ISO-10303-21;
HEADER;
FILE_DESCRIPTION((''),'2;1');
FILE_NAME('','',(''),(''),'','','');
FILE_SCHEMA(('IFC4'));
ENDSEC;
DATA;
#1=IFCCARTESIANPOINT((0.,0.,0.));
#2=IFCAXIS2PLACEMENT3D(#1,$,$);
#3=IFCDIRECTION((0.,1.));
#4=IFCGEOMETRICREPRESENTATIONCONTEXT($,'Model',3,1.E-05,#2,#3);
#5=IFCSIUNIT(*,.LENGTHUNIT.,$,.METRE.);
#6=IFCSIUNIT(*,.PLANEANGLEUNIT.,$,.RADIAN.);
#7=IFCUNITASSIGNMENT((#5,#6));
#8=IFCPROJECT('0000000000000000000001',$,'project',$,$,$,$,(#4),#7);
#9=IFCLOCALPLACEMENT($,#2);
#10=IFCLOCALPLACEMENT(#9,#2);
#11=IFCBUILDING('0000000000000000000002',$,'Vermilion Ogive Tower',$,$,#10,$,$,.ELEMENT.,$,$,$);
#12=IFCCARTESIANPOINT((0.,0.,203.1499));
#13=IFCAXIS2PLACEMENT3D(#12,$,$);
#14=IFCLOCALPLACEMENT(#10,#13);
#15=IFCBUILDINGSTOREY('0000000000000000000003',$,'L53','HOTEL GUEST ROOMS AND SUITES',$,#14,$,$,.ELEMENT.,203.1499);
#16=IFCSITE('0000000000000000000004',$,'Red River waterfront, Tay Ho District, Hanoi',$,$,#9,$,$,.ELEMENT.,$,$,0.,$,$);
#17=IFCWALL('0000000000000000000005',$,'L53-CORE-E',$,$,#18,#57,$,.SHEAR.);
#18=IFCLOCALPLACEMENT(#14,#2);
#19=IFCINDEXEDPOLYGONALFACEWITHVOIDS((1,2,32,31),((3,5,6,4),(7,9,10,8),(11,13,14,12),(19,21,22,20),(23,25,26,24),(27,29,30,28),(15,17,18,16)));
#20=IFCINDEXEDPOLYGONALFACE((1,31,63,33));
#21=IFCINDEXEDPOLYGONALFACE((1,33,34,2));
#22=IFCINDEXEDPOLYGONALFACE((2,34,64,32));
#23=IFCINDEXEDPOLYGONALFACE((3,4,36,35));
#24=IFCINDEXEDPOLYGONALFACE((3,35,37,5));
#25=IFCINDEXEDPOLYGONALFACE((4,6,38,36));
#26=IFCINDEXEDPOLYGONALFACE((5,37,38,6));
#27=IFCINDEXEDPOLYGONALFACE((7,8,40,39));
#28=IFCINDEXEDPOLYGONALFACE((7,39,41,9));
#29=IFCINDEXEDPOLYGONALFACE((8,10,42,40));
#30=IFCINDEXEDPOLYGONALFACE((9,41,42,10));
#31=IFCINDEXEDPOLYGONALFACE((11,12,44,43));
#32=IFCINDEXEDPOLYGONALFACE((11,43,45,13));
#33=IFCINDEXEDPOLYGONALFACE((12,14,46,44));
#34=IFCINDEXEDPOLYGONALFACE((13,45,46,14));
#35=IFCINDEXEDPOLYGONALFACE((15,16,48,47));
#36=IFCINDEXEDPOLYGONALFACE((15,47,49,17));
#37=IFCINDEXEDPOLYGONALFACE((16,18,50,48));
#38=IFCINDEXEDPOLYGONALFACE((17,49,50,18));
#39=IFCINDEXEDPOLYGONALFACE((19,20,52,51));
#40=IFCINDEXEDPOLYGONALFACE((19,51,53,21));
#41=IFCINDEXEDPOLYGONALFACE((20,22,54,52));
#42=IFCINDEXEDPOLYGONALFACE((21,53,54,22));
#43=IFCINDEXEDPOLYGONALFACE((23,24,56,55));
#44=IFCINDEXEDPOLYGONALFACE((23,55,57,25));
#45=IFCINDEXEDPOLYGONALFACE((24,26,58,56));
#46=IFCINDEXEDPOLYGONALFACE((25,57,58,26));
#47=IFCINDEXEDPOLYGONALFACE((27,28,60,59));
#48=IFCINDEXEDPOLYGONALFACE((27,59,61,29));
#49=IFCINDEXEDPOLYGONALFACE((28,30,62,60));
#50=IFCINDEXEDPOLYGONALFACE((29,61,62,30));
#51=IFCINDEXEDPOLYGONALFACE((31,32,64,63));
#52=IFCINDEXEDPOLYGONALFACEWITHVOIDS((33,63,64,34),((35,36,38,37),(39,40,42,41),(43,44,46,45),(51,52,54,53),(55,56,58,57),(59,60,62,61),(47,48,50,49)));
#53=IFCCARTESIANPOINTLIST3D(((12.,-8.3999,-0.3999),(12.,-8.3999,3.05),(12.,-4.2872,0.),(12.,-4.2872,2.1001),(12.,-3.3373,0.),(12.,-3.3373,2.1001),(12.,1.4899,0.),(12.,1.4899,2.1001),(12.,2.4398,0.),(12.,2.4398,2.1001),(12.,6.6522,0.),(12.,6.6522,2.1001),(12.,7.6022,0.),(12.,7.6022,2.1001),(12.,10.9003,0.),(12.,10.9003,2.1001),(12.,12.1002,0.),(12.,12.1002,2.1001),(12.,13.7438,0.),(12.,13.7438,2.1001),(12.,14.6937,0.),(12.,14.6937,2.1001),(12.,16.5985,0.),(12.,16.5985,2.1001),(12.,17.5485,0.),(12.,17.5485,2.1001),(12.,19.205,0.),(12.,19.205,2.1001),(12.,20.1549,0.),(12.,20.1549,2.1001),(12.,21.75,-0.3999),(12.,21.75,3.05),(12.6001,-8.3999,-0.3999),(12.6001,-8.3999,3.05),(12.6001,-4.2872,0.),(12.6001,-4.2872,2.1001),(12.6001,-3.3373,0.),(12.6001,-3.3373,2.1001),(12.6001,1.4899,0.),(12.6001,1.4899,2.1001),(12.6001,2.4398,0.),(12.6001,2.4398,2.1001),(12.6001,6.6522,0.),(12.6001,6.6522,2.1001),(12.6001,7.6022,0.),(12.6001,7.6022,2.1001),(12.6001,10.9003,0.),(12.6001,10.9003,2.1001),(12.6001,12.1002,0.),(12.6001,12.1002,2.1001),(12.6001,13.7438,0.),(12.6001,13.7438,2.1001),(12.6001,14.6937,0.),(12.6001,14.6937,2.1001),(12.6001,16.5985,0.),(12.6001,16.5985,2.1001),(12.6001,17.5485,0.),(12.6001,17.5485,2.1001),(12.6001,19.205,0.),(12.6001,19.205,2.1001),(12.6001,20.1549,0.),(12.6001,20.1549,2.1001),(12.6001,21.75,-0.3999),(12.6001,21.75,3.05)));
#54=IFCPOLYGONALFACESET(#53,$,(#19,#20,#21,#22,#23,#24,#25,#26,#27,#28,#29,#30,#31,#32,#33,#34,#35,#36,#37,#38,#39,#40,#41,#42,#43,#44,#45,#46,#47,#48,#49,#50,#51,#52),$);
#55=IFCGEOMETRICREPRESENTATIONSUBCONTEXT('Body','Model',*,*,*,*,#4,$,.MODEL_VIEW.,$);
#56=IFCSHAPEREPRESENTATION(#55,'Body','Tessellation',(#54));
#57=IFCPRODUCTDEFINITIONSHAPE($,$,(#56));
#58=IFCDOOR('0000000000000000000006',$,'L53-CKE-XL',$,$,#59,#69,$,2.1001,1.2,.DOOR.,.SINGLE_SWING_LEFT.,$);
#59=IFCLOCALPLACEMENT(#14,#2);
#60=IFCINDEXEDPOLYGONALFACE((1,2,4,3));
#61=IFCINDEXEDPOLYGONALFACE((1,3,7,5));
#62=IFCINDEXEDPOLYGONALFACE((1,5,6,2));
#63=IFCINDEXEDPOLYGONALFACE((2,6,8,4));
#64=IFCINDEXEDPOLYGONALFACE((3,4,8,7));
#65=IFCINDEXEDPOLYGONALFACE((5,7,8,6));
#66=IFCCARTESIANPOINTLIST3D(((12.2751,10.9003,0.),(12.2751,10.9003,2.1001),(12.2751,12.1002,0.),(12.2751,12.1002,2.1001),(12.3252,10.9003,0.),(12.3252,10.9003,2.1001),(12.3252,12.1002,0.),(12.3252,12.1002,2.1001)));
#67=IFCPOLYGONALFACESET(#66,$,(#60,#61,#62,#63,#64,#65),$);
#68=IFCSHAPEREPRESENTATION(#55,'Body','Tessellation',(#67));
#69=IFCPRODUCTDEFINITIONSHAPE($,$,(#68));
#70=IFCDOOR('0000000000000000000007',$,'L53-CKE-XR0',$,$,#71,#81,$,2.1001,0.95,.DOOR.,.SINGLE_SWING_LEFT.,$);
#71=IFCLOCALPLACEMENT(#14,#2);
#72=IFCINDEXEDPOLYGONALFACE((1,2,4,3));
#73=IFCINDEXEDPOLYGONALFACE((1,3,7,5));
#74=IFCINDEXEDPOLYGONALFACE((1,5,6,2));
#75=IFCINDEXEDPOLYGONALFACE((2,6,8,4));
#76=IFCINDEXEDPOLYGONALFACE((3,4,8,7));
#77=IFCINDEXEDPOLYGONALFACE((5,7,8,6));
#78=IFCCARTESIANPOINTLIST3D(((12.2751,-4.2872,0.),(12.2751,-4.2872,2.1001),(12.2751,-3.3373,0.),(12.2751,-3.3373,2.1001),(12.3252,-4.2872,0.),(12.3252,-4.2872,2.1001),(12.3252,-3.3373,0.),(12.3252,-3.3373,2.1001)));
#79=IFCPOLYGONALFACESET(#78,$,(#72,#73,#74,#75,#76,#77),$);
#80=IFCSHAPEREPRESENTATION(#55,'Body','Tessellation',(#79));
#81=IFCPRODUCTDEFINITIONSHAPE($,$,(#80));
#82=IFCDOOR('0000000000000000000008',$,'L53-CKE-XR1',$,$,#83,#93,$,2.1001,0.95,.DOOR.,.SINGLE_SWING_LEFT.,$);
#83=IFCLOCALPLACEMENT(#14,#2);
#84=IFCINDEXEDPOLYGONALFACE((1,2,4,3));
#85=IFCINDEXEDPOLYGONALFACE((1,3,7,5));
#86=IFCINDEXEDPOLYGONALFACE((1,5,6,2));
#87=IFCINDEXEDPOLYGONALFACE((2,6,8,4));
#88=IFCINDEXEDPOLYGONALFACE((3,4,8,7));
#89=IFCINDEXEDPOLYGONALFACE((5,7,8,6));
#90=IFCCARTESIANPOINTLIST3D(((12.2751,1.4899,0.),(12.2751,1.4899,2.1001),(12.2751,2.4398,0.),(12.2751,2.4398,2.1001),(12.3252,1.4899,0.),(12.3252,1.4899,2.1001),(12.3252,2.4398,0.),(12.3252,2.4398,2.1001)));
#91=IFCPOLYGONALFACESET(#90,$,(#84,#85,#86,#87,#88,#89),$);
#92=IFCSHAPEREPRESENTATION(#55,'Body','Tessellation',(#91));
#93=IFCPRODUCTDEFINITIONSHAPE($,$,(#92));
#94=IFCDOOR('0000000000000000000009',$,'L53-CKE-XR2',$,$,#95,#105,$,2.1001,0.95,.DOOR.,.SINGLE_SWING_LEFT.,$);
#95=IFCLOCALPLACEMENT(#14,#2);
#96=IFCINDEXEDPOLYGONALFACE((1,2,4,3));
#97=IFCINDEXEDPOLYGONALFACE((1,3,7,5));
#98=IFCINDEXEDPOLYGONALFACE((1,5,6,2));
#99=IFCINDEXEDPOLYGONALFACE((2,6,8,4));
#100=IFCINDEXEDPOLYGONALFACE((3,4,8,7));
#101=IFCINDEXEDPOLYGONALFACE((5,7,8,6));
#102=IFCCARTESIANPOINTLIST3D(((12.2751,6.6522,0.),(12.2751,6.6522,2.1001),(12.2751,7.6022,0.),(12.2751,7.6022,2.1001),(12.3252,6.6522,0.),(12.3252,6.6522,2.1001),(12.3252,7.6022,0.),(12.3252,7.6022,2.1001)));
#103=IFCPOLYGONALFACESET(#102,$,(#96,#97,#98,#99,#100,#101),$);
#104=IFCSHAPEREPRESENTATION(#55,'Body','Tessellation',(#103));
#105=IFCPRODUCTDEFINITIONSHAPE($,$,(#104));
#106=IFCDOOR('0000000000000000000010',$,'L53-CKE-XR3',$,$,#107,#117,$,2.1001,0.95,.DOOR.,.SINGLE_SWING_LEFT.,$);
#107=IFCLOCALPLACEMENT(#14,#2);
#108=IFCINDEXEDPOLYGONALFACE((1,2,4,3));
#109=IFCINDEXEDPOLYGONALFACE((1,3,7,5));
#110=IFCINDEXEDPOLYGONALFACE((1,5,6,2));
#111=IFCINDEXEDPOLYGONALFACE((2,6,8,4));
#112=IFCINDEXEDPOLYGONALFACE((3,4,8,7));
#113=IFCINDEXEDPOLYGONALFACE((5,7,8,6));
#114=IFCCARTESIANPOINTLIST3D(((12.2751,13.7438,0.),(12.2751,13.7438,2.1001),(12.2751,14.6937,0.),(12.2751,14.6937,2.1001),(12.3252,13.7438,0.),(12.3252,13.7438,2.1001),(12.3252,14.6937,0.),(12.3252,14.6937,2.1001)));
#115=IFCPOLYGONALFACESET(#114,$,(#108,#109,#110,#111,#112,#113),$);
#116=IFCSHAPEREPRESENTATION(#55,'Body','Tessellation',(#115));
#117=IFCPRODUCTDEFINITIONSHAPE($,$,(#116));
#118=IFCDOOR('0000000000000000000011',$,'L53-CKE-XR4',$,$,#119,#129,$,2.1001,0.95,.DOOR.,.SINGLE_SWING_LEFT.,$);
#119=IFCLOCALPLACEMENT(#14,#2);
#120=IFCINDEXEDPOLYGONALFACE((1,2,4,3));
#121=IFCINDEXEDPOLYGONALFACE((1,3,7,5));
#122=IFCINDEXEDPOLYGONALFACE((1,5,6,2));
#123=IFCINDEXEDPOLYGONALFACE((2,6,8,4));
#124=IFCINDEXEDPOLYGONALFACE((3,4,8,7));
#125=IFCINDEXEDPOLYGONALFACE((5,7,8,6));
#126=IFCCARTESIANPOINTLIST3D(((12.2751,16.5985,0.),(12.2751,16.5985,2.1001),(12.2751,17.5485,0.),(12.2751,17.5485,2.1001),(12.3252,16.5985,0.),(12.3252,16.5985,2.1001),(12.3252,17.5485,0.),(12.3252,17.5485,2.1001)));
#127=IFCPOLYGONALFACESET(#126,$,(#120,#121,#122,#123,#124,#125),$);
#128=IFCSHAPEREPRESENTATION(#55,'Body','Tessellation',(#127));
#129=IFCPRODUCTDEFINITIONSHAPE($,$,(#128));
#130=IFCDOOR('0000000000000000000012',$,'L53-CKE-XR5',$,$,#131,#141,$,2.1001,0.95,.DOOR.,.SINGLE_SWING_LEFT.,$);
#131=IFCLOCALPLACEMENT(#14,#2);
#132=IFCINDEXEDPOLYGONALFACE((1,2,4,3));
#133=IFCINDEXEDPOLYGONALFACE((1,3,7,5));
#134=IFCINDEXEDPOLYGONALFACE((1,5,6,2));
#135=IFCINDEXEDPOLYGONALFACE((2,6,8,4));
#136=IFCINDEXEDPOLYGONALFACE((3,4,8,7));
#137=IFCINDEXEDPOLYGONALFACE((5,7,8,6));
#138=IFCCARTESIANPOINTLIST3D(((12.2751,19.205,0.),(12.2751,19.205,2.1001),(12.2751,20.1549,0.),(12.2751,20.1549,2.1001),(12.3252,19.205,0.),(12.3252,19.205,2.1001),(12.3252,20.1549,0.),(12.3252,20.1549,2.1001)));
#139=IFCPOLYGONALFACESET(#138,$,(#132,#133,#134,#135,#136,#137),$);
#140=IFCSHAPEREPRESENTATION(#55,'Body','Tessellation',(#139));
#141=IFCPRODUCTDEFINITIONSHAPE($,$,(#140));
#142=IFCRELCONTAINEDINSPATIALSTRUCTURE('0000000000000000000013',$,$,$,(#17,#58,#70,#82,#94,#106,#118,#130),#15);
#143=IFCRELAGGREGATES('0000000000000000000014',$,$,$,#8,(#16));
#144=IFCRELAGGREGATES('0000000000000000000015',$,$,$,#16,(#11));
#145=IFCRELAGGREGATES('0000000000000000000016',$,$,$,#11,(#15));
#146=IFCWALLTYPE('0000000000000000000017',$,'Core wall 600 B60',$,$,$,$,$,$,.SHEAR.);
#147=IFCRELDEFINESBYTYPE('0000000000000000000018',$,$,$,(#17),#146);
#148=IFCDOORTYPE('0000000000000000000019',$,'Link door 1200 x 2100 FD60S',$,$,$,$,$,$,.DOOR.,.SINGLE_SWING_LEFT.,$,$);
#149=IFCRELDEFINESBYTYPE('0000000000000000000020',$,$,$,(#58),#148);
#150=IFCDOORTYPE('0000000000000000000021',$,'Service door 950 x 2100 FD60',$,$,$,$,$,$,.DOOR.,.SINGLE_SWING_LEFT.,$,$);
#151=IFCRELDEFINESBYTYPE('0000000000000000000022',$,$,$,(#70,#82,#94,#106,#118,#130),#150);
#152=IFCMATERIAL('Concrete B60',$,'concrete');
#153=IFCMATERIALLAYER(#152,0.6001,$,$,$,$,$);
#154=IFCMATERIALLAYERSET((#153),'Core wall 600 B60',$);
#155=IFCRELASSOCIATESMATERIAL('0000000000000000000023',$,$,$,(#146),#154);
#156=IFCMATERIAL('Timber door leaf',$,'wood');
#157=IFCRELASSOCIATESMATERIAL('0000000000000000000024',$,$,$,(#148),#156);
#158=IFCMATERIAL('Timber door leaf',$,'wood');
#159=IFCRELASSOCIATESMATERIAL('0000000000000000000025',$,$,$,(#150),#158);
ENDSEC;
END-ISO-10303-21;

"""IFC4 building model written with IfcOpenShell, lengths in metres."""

from ifc_helpers import new_model, si_unit, direction, frame, frame_2d, origin, place, context, subcontext, project, spatial, rectangle, extrude, material, layer, layer_set, type_object, element, fill, save


model = new_model("IFC4")

# Units and contexts
model_context = context("Model", 3, precision=1e-05, world=origin(), true_north=direction((0.0, 1.0)))
body_context = subcontext(model_context, "Body", "Model", "MODEL_VIEW")
ifc_project = project(units=[si_unit("LENGTHUNIT", "METRE"), si_unit("PLANEANGLEUNIT", "RADIAN")], contexts=[model_context])

# Site, building, storey
site_placement = place(None, origin())
site = spatial("IfcSite", under=ifc_project, at=site_placement, Name="Red River waterfront, Tay Ho District, Hanoi", CompositionType="ELEMENT", RefElevation=0.0)
building_placement = place(site_placement, origin())
building = spatial("IfcBuilding", under=site, at=building_placement, Name="Vermilion Ogive Tower", CompositionType="ELEMENT")
storey_placement = place(building_placement, frame((0.0, 0.0, 203.1499)))
storey = spatial("IfcBuildingStorey", under=building, at=storey_placement, Name="L53", Description="HOTEL GUEST ROOMS AND SUITES", CompositionType="ELEMENT", Elevation=203.1499)

# Wall, openings, doors
ifc_material_1 = material(Name="Concrete B60", Category="concrete")
ifc_layer_1 = layer(ifc_material_1, 0.6001)
ifc_layer_set_1 = layer_set([ifc_layer_1], Name="Core wall 600 B60")
wall_type_1 = type_object("IfcWallType", Name="Core wall 600 B60", PredefinedType="SHEAR", material=ifc_layer_set_1)
wall_1_placement = place(storey_placement, frame((12.3, -8.3999, -0.3999), z_axis=(0.0, 0.0, 1.0), x_axis=(0.0, 1.0, 0.0)))
wall_1 = element("IfcWall", 1, at=wall_1_placement, inside=storey, type_object=wall_type_1, Name="L53-CORE-E", PredefinedType="SHEAR", context=body_context, shape_type="SweptSolid", body=[
    extrude(rectangle(XDim=30.1499, YDim=0.6001, at=frame_2d((15.075, 0.0))), origin(), (0.0, 0.0, 1.0), 3.45),
])
opening_1_placement = place(wall_1_placement, frame((4.1125, 0.0, 0.3999)))
opening_1 = element("IfcOpeningElement", 2, at=opening_1_placement, cuts=wall_1, PredefinedType="OPENING", context=body_context, shape_type="SweptSolid", body=[
    extrude(rectangle(XDim=0.95, YDim=2.1001, at=frame_2d((0.4751, 1.05))), frame((0.0, 0.3101, 0.0), z_axis=(0.0, -1.0, 0.0), x_axis=(1.0, 0.0, 0.0)), (0.0, 0.0, 1.0), 0.6201),
])
opening_2_placement = place(wall_1_placement, frame((9.8896, 0.0, 0.3999)))
opening_2 = element("IfcOpeningElement", 3, at=opening_2_placement, cuts=wall_1, PredefinedType="OPENING", context=body_context, shape_type="SweptSolid", body=[
    extrude(rectangle(XDim=0.95, YDim=2.1001, at=frame_2d((0.4751, 1.05))), frame((0.0, 0.3101, 0.0), z_axis=(0.0, -1.0, 0.0), x_axis=(1.0, 0.0, 0.0)), (0.0, 0.0, 1.0), 0.6201),
])
opening_3_placement = place(wall_1_placement, frame((15.052, 0.0, 0.3999)))
opening_3 = element("IfcOpeningElement", 4, at=opening_3_placement, cuts=wall_1, PredefinedType="OPENING", context=body_context, shape_type="SweptSolid", body=[
    extrude(rectangle(XDim=0.95, YDim=2.1001, at=frame_2d((0.4751, 1.05))), frame((0.0, 0.3101, 0.0), z_axis=(0.0, -1.0, 0.0), x_axis=(1.0, 0.0, 0.0)), (0.0, 0.0, 1.0), 0.6201),
])
opening_4_placement = place(wall_1_placement, frame((22.1436, 0.0, 0.3999)))
opening_4 = element("IfcOpeningElement", 5, at=opening_4_placement, cuts=wall_1, PredefinedType="OPENING", context=body_context, shape_type="SweptSolid", body=[
    extrude(rectangle(XDim=0.95, YDim=2.1001, at=frame_2d((0.4751, 1.05))), frame((0.0, 0.3101, 0.0), z_axis=(0.0, -1.0, 0.0), x_axis=(1.0, 0.0, 0.0)), (0.0, 0.0, 1.0), 0.6201),
])
opening_5_placement = place(wall_1_placement, frame((24.9983, 0.0, 0.3999)))
opening_5 = element("IfcOpeningElement", 6, at=opening_5_placement, cuts=wall_1, PredefinedType="OPENING", context=body_context, shape_type="SweptSolid", body=[
    extrude(rectangle(XDim=0.95, YDim=2.1001, at=frame_2d((0.4751, 1.05))), frame((0.0, 0.3101, 0.0), z_axis=(0.0, -1.0, 0.0), x_axis=(1.0, 0.0, 0.0)), (0.0, 0.0, 1.0), 0.6201),
])
opening_6_placement = place(wall_1_placement, frame((27.6047, 0.0, 0.3999)))
opening_6 = element("IfcOpeningElement", 7, at=opening_6_placement, cuts=wall_1, PredefinedType="OPENING", context=body_context, shape_type="SweptSolid", body=[
    extrude(rectangle(XDim=0.95, YDim=2.1001, at=frame_2d((0.4751, 1.05))), frame((0.0, 0.3101, 0.0), z_axis=(0.0, -1.0, 0.0), x_axis=(1.0, 0.0, 0.0)), (0.0, 0.0, 1.0), 0.6201),
])
opening_7_placement = place(wall_1_placement, frame((19.3, 0.0, 0.3999)))
opening_7 = element("IfcOpeningElement", 8, at=opening_7_placement, cuts=wall_1, PredefinedType="OPENING", context=body_context, shape_type="SweptSolid", body=[
    extrude(rectangle(XDim=1.2, YDim=2.1001, at=frame_2d((0.6001, 1.05))), frame((0.0, 0.3101, 0.0), z_axis=(0.0, -1.0, 0.0), x_axis=(1.0, 0.0, 0.0)), (0.0, 0.0, 1.0), 0.6201),
])
ifc_material_2 = material(Name="Timber door leaf", Category="wood")
door_type_1 = type_object("IfcDoorType", Name="Link door 1200 x 2100 FD60S", OperationType="SINGLE_SWING_LEFT", PredefinedType="DOOR", material=ifc_material_2)
door_1_placement = place(opening_7_placement, origin())
door_1 = element("IfcDoor", 9, at=door_1_placement, inside=storey, type_object=door_type_1, Name="L53-CKE-XL", OperationType="SINGLE_SWING_LEFT", OverallHeight=2.1001, OverallWidth=1.2, PredefinedType="DOOR", context=body_context, shape_type="SweptSolid", body=[
    extrude(rectangle(XDim=1.2, YDim=2.1001, at=frame_2d((0.6001, 1.05))), frame((0.0, 0.0249, 0.0), z_axis=(0.0, -1.0, 0.0), x_axis=(1.0, 0.0, 0.0)), (0.0, 0.0, 1.0), 0.05),
])
fill(opening_7, door_1)
ifc_material_3 = material(Name="Timber door leaf", Category="wood")
door_type_2 = type_object("IfcDoorType", Name="Service door 950 x 2100 FD60", OperationType="SINGLE_SWING_LEFT", PredefinedType="DOOR", material=ifc_material_3)
door_2_placement = place(opening_1_placement, origin())
door_2 = element("IfcDoor", 10, at=door_2_placement, inside=storey, type_object=door_type_2, Name="L53-CKE-XR0", OperationType="SINGLE_SWING_LEFT", OverallHeight=2.1001, OverallWidth=0.95, PredefinedType="DOOR", context=body_context, shape_type="SweptSolid", body=[
    extrude(rectangle(XDim=0.95, YDim=2.1001, at=frame_2d((0.4751, 1.05))), frame((0.0, 0.0249, 0.0), z_axis=(0.0, -1.0, 0.0), x_axis=(1.0, 0.0, 0.0)), (0.0, 0.0, 1.0), 0.05),
])
fill(opening_1, door_2)
door_3_placement = place(opening_2_placement, origin())
door_3 = element("IfcDoor", 11, at=door_3_placement, inside=storey, type_object=door_type_2, Name="L53-CKE-XR1", OperationType="SINGLE_SWING_LEFT", OverallHeight=2.1001, OverallWidth=0.95, PredefinedType="DOOR", context=body_context, shape_type="SweptSolid", body=[
    extrude(rectangle(XDim=0.95, YDim=2.1001, at=frame_2d((0.4751, 1.05))), frame((0.0, 0.0249, 0.0), z_axis=(0.0, -1.0, 0.0), x_axis=(1.0, 0.0, 0.0)), (0.0, 0.0, 1.0), 0.05),
])
fill(opening_2, door_3)
door_4_placement = place(opening_3_placement, origin())
door_4 = element("IfcDoor", 12, at=door_4_placement, inside=storey, type_object=door_type_2, Name="L53-CKE-XR2", OperationType="SINGLE_SWING_LEFT", OverallHeight=2.1001, OverallWidth=0.95, PredefinedType="DOOR", context=body_context, shape_type="SweptSolid", body=[
    extrude(rectangle(XDim=0.95, YDim=2.1001, at=frame_2d((0.4751, 1.05))), frame((0.0, 0.0249, 0.0), z_axis=(0.0, -1.0, 0.0), x_axis=(1.0, 0.0, 0.0)), (0.0, 0.0, 1.0), 0.05),
])
fill(opening_3, door_4)
door_5_placement = place(opening_4_placement, origin())
door_5 = element("IfcDoor", 13, at=door_5_placement, inside=storey, type_object=door_type_2, Name="L53-CKE-XR3", OperationType="SINGLE_SWING_LEFT", OverallHeight=2.1001, OverallWidth=0.95, PredefinedType="DOOR", context=body_context, shape_type="SweptSolid", body=[
    extrude(rectangle(XDim=0.95, YDim=2.1001, at=frame_2d((0.4751, 1.05))), frame((0.0, 0.0249, 0.0), z_axis=(0.0, -1.0, 0.0), x_axis=(1.0, 0.0, 0.0)), (0.0, 0.0, 1.0), 0.05),
])
fill(opening_4, door_5)
door_6_placement = place(opening_5_placement, origin())
door_6 = element("IfcDoor", 14, at=door_6_placement, inside=storey, type_object=door_type_2, Name="L53-CKE-XR4", OperationType="SINGLE_SWING_LEFT", OverallHeight=2.1001, OverallWidth=0.95, PredefinedType="DOOR", context=body_context, shape_type="SweptSolid", body=[
    extrude(rectangle(XDim=0.95, YDim=2.1001, at=frame_2d((0.4751, 1.05))), frame((0.0, 0.0249, 0.0), z_axis=(0.0, -1.0, 0.0), x_axis=(1.0, 0.0, 0.0)), (0.0, 0.0, 1.0), 0.05),
])
fill(opening_5, door_6)
door_7_placement = place(opening_6_placement, origin())
door_7 = element("IfcDoor", 15, at=door_7_placement, inside=storey, type_object=door_type_2, Name="L53-CKE-XR5", OperationType="SINGLE_SWING_LEFT", OverallHeight=2.1001, OverallWidth=0.95, PredefinedType="DOOR", context=body_context, shape_type="SweptSolid", body=[
    extrude(rectangle(XDim=0.95, YDim=2.1001, at=frame_2d((0.4751, 1.05))), frame((0.0, 0.0249, 0.0), z_axis=(0.0, -1.0, 0.0), x_axis=(1.0, 0.0, 0.0)), (0.0, 0.0, 1.0), 0.05),
])
fill(opening_6, door_7)

save(model, "model.ifc")
